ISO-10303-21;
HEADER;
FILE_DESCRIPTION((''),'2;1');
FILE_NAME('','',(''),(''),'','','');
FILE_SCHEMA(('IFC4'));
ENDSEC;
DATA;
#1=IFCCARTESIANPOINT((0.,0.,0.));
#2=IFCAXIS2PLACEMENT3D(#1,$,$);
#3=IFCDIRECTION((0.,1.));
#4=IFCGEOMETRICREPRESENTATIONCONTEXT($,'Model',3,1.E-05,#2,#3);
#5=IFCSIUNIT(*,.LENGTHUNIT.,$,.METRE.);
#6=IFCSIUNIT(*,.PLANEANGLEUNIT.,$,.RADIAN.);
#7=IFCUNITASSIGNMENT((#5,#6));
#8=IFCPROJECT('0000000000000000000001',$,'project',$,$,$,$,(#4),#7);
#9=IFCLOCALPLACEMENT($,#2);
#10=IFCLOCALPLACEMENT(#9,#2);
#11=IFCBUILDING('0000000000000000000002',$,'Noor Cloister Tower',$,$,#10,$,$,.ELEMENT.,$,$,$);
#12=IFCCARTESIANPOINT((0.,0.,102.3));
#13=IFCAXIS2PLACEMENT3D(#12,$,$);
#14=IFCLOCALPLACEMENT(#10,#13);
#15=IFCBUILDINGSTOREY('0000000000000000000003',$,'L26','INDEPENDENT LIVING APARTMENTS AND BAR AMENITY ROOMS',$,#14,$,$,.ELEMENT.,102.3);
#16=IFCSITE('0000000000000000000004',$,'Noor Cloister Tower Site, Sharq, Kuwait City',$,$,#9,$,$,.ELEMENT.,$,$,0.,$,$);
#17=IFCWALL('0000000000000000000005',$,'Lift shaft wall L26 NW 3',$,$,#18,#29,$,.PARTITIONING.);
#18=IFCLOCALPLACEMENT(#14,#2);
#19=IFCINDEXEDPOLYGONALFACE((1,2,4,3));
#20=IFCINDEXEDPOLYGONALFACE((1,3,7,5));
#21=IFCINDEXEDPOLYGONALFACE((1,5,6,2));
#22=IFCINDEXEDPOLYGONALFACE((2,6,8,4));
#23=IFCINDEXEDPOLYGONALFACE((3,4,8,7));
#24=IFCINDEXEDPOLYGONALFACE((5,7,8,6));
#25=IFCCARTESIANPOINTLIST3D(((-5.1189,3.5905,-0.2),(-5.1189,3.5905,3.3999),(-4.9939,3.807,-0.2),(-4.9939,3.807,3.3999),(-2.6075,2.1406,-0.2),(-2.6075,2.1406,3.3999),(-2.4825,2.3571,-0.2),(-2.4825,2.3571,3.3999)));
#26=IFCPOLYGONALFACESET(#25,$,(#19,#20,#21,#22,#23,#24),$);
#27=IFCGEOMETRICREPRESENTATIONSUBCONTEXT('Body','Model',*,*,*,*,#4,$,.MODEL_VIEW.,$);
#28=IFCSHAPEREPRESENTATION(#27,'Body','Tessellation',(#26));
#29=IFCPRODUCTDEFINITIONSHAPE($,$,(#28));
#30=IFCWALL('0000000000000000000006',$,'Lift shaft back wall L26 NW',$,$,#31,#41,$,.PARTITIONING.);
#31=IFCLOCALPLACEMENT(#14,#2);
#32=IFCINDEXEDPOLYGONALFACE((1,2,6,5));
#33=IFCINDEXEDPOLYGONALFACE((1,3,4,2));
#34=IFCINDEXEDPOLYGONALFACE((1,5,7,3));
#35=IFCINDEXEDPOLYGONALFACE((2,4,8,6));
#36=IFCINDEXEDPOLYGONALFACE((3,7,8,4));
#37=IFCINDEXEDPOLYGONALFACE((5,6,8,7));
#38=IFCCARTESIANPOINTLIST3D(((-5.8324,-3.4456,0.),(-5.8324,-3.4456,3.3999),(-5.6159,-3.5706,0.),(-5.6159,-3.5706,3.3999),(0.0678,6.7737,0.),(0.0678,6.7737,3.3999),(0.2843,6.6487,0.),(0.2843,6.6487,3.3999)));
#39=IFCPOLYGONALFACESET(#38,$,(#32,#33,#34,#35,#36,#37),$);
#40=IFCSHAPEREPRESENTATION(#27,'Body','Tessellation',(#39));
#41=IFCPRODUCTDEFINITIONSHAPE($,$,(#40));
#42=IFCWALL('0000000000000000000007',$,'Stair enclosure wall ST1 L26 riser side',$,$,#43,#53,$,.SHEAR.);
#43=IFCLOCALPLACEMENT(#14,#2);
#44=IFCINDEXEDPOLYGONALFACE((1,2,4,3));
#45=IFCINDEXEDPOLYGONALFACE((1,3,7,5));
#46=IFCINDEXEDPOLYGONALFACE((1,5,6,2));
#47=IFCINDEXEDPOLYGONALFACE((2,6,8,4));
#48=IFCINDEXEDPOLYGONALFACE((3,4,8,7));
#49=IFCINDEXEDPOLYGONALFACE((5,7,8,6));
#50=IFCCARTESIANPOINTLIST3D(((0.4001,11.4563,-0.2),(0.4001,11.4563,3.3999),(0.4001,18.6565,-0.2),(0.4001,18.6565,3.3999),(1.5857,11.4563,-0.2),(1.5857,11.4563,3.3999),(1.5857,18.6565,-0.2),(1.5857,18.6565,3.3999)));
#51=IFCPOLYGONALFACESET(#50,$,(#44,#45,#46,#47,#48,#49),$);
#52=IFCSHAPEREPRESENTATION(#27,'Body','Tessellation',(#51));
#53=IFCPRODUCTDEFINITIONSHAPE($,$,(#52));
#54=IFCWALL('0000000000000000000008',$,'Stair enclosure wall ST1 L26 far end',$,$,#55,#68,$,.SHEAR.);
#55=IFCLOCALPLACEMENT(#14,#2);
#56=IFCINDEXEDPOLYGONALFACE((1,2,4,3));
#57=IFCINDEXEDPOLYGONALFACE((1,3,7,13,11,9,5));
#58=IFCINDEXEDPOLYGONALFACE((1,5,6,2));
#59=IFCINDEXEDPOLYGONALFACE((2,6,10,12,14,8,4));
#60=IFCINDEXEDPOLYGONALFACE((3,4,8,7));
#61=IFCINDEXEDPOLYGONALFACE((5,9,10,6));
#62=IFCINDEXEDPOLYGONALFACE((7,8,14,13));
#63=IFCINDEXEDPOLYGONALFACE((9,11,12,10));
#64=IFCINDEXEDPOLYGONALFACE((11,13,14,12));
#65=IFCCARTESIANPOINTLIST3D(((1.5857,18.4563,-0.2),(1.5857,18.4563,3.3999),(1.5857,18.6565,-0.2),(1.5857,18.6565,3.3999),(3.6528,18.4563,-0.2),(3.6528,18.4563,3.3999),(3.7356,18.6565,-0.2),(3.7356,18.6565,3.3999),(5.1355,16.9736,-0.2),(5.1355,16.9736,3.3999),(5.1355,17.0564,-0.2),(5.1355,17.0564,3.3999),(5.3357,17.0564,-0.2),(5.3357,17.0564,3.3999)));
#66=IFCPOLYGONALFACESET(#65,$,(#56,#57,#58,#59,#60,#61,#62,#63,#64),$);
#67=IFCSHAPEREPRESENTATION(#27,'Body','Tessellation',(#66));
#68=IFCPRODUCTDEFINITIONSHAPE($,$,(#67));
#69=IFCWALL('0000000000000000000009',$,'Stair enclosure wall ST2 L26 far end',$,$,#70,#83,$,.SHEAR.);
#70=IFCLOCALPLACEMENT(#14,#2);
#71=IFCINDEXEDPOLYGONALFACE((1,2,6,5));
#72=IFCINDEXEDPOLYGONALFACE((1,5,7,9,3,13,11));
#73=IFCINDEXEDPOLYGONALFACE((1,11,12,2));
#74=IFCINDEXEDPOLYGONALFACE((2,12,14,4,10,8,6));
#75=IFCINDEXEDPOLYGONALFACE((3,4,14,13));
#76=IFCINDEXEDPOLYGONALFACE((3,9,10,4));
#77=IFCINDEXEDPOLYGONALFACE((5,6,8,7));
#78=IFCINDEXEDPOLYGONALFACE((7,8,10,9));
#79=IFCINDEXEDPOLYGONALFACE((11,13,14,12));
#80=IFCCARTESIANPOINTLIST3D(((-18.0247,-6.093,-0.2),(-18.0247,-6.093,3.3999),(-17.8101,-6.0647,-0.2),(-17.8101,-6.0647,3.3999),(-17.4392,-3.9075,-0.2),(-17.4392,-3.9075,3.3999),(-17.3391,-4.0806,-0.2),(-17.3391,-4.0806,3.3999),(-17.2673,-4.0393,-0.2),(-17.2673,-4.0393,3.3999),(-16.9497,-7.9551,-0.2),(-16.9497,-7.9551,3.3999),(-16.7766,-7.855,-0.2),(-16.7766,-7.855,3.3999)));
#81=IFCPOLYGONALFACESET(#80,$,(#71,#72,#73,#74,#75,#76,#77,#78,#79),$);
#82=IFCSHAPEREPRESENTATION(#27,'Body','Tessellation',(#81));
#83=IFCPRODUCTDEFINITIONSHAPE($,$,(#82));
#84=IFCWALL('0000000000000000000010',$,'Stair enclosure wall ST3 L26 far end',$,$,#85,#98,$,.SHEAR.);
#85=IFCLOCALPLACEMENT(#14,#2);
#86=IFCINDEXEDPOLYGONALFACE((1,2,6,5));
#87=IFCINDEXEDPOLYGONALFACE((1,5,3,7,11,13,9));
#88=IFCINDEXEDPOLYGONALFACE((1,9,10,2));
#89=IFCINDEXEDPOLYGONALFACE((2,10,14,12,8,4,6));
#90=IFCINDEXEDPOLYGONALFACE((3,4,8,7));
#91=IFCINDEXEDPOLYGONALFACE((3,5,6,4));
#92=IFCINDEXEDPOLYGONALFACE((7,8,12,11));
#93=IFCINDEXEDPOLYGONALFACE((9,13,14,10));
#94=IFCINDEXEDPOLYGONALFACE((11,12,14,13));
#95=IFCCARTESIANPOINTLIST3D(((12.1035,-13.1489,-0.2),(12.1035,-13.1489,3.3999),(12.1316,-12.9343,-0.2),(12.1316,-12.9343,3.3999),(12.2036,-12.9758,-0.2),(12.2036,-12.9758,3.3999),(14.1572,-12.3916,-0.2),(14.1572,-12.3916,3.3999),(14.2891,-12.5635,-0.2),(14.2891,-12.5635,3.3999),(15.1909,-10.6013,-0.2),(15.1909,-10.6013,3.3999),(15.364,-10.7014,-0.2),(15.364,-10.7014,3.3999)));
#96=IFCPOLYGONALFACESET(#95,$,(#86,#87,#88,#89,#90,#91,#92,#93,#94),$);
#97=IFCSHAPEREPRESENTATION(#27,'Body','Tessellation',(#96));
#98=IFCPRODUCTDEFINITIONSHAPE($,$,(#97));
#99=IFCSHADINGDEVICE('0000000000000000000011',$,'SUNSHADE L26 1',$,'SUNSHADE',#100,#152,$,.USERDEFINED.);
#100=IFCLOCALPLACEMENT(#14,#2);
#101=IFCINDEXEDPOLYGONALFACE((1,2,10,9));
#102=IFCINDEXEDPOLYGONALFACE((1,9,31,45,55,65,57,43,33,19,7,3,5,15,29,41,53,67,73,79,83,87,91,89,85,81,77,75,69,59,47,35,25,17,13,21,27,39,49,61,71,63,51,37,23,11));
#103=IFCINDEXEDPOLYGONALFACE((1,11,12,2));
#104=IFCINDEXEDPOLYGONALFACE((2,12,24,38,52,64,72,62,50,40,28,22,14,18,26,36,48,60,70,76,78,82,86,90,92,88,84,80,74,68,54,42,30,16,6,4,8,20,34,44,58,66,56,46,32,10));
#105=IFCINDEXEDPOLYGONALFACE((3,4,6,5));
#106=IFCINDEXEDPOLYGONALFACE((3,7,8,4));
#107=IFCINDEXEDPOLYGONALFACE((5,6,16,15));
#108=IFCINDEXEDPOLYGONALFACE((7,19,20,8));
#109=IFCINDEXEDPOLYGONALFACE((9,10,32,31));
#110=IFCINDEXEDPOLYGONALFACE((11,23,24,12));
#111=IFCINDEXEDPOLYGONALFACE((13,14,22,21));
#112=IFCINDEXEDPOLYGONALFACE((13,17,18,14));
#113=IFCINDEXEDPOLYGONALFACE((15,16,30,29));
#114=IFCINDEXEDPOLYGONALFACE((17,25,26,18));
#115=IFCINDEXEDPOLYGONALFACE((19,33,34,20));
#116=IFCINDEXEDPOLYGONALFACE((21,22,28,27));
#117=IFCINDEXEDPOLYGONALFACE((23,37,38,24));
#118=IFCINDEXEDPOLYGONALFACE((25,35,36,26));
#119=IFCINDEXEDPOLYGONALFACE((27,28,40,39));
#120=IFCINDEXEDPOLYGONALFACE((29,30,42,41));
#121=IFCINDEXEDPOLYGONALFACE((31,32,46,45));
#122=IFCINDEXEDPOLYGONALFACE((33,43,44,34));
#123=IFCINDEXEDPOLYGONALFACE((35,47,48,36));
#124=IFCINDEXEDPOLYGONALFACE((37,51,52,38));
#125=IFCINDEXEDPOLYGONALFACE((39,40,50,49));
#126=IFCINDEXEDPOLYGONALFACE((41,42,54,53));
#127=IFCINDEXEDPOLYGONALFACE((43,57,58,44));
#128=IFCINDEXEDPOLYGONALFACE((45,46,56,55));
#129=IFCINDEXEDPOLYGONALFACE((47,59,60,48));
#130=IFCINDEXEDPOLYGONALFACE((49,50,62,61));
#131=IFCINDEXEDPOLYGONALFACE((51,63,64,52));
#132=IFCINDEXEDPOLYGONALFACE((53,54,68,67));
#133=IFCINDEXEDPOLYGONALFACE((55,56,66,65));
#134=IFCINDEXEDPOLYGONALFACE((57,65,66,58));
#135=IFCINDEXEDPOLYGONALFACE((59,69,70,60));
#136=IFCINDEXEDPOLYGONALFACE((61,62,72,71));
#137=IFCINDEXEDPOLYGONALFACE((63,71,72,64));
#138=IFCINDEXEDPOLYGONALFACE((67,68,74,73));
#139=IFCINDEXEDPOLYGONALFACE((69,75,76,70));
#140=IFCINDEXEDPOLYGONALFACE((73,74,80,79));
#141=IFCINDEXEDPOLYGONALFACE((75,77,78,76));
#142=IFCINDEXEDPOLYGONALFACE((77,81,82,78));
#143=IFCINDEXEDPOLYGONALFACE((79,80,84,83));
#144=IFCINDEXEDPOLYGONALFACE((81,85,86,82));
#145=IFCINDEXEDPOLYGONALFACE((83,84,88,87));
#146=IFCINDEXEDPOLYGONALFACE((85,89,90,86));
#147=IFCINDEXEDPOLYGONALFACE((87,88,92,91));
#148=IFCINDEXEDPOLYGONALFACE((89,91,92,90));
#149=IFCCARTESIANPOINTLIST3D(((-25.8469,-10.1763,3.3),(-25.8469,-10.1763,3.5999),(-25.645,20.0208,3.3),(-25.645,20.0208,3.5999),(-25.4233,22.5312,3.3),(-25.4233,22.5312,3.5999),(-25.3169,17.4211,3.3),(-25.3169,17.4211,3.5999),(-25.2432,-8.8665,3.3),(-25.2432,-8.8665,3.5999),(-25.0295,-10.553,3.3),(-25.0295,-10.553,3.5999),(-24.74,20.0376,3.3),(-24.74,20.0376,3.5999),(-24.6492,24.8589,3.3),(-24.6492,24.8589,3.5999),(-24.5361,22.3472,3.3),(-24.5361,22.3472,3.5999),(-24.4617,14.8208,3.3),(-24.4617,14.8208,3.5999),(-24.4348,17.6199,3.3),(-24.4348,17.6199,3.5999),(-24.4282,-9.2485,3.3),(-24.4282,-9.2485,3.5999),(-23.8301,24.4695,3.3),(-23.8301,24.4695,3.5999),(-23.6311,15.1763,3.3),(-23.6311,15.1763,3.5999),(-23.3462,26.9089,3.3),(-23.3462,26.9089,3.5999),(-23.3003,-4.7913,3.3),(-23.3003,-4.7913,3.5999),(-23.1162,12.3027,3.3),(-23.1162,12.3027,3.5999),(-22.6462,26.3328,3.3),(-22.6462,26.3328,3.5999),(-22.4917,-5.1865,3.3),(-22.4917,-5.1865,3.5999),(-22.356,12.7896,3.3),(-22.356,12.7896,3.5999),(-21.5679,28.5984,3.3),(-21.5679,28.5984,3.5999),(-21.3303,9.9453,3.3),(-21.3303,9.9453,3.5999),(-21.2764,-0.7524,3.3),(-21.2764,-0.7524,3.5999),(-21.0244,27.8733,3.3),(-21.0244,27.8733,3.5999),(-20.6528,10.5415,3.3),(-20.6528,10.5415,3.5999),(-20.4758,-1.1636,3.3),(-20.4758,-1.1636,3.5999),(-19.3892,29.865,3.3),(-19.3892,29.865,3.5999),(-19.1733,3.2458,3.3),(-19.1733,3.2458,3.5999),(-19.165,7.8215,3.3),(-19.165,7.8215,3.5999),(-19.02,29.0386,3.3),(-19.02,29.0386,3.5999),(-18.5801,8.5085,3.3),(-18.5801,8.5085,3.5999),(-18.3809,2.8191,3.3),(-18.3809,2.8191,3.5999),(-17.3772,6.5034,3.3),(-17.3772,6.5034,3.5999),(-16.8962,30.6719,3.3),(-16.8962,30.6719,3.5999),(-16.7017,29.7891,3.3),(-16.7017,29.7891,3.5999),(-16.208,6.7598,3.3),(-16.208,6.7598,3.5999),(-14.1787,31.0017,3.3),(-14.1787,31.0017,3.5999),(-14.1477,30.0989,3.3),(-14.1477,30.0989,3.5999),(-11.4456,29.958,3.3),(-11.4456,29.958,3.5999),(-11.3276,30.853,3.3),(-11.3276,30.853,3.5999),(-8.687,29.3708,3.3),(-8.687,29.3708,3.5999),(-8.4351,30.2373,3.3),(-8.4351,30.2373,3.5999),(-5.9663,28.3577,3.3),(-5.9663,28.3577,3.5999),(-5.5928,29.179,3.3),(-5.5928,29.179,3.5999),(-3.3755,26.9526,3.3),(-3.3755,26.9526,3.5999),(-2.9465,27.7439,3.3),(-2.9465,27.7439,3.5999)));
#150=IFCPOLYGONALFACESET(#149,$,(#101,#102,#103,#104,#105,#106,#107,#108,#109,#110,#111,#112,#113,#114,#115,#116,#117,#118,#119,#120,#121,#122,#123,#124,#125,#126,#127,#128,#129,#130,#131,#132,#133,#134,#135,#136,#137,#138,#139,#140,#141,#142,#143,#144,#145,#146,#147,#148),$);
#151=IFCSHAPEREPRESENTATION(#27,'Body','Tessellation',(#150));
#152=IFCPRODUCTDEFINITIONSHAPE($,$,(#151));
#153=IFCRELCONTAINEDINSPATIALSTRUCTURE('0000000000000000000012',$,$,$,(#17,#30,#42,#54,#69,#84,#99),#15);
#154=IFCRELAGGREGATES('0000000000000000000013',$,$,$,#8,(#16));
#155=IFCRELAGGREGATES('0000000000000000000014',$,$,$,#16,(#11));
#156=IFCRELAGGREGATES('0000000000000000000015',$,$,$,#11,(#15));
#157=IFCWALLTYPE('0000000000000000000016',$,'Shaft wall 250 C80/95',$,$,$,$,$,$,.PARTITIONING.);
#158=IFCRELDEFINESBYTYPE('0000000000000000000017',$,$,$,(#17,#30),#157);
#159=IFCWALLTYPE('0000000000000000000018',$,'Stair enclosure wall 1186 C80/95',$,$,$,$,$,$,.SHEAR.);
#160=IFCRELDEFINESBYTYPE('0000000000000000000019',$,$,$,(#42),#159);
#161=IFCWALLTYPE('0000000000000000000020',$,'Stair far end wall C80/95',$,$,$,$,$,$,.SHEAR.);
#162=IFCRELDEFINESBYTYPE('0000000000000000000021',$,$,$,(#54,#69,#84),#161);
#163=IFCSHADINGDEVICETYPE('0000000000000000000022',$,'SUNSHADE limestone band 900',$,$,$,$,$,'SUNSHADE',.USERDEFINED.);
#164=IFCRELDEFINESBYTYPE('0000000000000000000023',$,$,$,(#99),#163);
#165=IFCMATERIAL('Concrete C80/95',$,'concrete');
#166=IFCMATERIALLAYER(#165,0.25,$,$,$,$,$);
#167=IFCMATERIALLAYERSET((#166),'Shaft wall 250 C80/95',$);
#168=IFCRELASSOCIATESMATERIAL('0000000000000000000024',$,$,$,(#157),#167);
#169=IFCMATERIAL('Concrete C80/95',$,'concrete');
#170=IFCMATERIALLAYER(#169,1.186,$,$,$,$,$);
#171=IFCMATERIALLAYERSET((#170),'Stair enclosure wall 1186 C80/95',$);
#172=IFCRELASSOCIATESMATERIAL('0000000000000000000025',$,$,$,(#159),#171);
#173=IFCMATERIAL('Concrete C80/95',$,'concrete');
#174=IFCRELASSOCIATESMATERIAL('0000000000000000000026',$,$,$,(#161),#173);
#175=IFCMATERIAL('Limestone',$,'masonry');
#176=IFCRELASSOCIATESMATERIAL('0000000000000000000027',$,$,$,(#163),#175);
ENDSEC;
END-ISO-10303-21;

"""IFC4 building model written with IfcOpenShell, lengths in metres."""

from ifc_helpers import new_model, si_unit, direction, frame, frame_2d, origin, place, context, subcontext, project, spatial, polyline, rectangle, outline, extrude, material, layer, layer_set, type_object, element, save


model = new_model("IFC4")

# Units and contexts
model_context = context("Model", 3, precision=1e-05, world=origin(), true_north=direction((0.0, 1.0)))
body_context = subcontext(model_context, "Body", "Model", "MODEL_VIEW")
ifc_project = project(units=[si_unit("LENGTHUNIT", "METRE"), si_unit("PLANEANGLEUNIT", "RADIAN")], contexts=[model_context])

# Site, building, storey
site_placement = place(None, origin())
site = spatial("IfcSite", under=ifc_project, at=site_placement, Name="Noor Cloister Tower Site, Sharq, Kuwait City", CompositionType="ELEMENT", RefElevation=0.0)
building_placement = place(site_placement, origin())
building = spatial("IfcBuilding", under=site, at=building_placement, Name="Noor Cloister Tower", CompositionType="ELEMENT")
storey_placement = place(building_placement, frame((0.0, 0.0, 102.3)))
storey = spatial("IfcBuildingStorey", under=building, at=storey_placement, Name="L26", Description="INDEPENDENT LIVING APARTMENTS AND BAR AMENITY ROOMS", CompositionType="ELEMENT", Elevation=102.3)

# Walls
ifc_material_1 = material(Name="Concrete C80/95", Category="concrete")
ifc_layer_1 = layer(ifc_material_1, 0.25)
ifc_layer_set_1 = layer_set([ifc_layer_1], Name="Shaft wall 250 C80/95")
wall_type_1 = type_object("IfcWallType", Name="Shaft wall 250 C80/95", PredefinedType="PARTITIONING", material=ifc_layer_set_1)
for number, where, z_axis, x_axis, name in (
    (1, (-5.0564, 3.6987, -0.2), (0.0, 0.0, 1.0), (0.866033, -0.499987, 0.0), "Lift shaft wall L26 NW 3"),
):
    element("IfcWall", number, at=place(storey_placement, frame(where, z_axis=z_axis, x_axis=x_axis)), inside=storey, type_object=wall_type_1, Name=name, PredefinedType="PARTITIONING", context=body_context, shape_type="SweptSolid", body=[
        extrude(rectangle(XDim=2.8999, YDim=0.25, at=frame_2d((1.45, 0.0))), origin(), (0.0, 0.0, 1.0), 3.5999),
    ])
wall_1_placement = place(storey_placement, frame((0.176, 6.7112, 0.0), z_axis=(0.0, 0.0, 1.0), x_axis=(-0.500004, -0.866023, 0.0)))
element("IfcWall", 2, at=wall_1_placement, inside=storey, type_object=wall_type_1, Name="Lift shaft back wall L26 NW", PredefinedType="PARTITIONING", context=body_context, shape_type="SweptSolid", body=[
    extrude(rectangle(XDim=11.8003, YDim=0.25, at=frame_2d((5.9001, 0.0))), origin(), (0.0, 0.0, 1.0), 3.3999),
])
ifc_material_2 = material(Name="Concrete C80/95", Category="concrete")
ifc_layer_2 = layer(ifc_material_2, 1.186)
ifc_layer_set_2 = layer_set([ifc_layer_2], Name="Stair enclosure wall 1186 C80/95")
wall_type_2 = type_object("IfcWallType", Name="Stair enclosure wall 1186 C80/95", PredefinedType="SHEAR", material=ifc_layer_set_2)
wall_2_placement = place(storey_placement, frame((0.9929, 11.4563, -0.2), z_axis=(0.0, 0.0, 1.0), x_axis=(0.0, 1.0, 0.0)))
element("IfcWall", 3, at=wall_2_placement, inside=storey, type_object=wall_type_2, Name="Stair enclosure wall ST1 L26 riser side", PredefinedType="SHEAR", context=body_context, shape_type="SweptSolid", body=[
    extrude(rectangle(XDim=7.2002, YDim=1.1855, at=frame_2d((3.6001, 0.0))), origin(), (0.0, 0.0, 1.0), 3.5999),
])
ifc_material_3 = material(Name="Concrete C80/95", Category="concrete")
wall_type_3 = type_object("IfcWallType", Name="Stair far end wall C80/95", PredefinedType="SHEAR", material=ifc_material_3)
wall_3_placement = place(storey_placement, frame((0.0, 0.0, -0.2)))
element("IfcWall", 4, at=wall_3_placement, inside=storey, type_object=wall_type_3, Name="Stair enclosure wall ST1 L26 far end", PredefinedType="SHEAR", context=body_context, shape_type="SweptSolid", body=[
    extrude(outline(polyline([(5.3357, 17.0564), (3.7356, 18.6565), (1.5857, 18.6565), (1.5857, 18.4563), (3.6528, 18.4563), (5.1355, 16.9736), (5.1355, 17.0564), (5.1355, 17.0564), (5.1355, 17.0564), (5.1355, 17.0564), (5.1355, 17.0564), (5.1355, 17.0564), (5.1355, 17.0564), (5.1355, 17.0564), (5.1355, 17.0564), (5.1355, 17.0564), (5.1355, 17.0564), (5.1355, 17.0564), (5.1355, 17.0564), (5.1355, 17.0564), (5.1355, 17.0564), (5.1355, 17.0564), (5.1355, 17.0564), (5.3357, 17.0564)])), origin(), (0.0, 0.0, 1.0), 3.5999),
])
wall_4_placement = place(storey_placement, frame((0.0, 0.0, -0.2)))
element("IfcWall", 5, at=wall_4_placement, inside=storey, type_object=wall_type_3, Name="Stair enclosure wall ST2 L26 far end", PredefinedType="SHEAR", context=body_context, shape_type="SweptSolid", body=[
    extrude(outline(polyline([(-17.4392, -3.9075), (-18.0247, -6.093), (-16.9497, -7.9551), (-16.7766, -7.855), (-17.8101, -6.0647), (-17.2673, -4.0393), (-17.3391, -4.0806), (-17.3391, -4.0806), (-17.3391, -4.0806), (-17.3391, -4.0806), (-17.3391, -4.0806), (-17.3391, -4.0806), (-17.3391, -4.0806), (-17.3391, -4.0806), (-17.3391, -4.0806), (-17.3391, -4.0806), (-17.3391, -4.0806), (-17.3391, -4.0806), (-17.3391, -4.0806), (-17.3391, -4.0806), (-17.3391, -4.0806), (-17.3391, -4.0806), (-17.3391, -4.0806), (-17.4392, -3.9075)])), origin(), (0.0, 0.0, 1.0), 3.5999),
])
wall_5_placement = place(storey_placement, frame((0.0, 0.0, -0.2)))
element("IfcWall", 6, at=wall_5_placement, inside=storey, type_object=wall_type_3, Name="Stair enclosure wall ST3 L26 far end", PredefinedType="SHEAR", context=body_context, shape_type="SweptSolid", body=[
    extrude(outline(polyline([(12.1035, -13.1489), (14.2891, -12.5635), (15.364, -10.7014), (15.1909, -10.6013), (14.1572, -12.3916), (12.1316, -12.9343), (12.2036, -12.9758), (12.2036, -12.9758), (12.2036, -12.9758), (12.2036, -12.9758), (12.2036, -12.9758), (12.2036, -12.9758), (12.2036, -12.9758), (12.2036, -12.9758), (12.2036, -12.9758), (12.2036, -12.9758), (12.2036, -12.9758), (12.2036, -12.9758), (12.2036, -12.9758), (12.2036, -12.9758), (12.2036, -12.9758), (12.2036, -12.9758), (12.2036, -12.9758), (12.1035, -13.1489)])), origin(), (0.0, 0.0, 1.0), 3.5999),
])

# Shading device
ifc_material_4 = material(Name="Limestone", Category="masonry")
shading_device_type = type_object("IfcShadingDeviceType", Name="SUNSHADE limestone band 900", ElementType="SUNSHADE", PredefinedType="USERDEFINED", material=ifc_material_4)
shading_device_1_placement = place(storey_placement, frame((0.0, 0.0, 3.3)))
element("IfcShadingDevice", 7, at=shading_device_1_placement, inside=storey, type_object=shading_device_type, Name="SUNSHADE L26 1", ObjectType="SUNSHADE", PredefinedType="USERDEFINED", context=body_context, shape_type="SweptSolid", body=[
    extrude(outline(polyline([(-2.9465, 27.7439), (-5.5928, 29.179), (-8.4351, 30.2373), (-11.3276, 30.853), (-14.1787, 31.0017), (-16.8962, 30.6719), (-19.3892, 29.865), (-21.5679, 28.5984), (-23.3462, 26.9089), (-24.6492, 24.8589), (-25.4233, 22.5312), (-25.645, 20.0208), (-25.3169, 17.4211), (-24.4617, 14.8208), (-23.1162, 12.3027), (-21.3303, 9.9453), (-19.165, 7.8215), (-17.3772, 6.5034), (-19.1733, 3.2458), (-21.2764, -0.7524), (-23.3003, -4.7913), (-25.2432, -8.8665), (-25.8469, -10.1763), (-25.0295, -10.553), (-24.4282, -9.2485), (-22.4917, -5.1865), (-20.4758, -1.1636), (-18.3809, 2.8191), (-16.208, 6.7598), (-18.5801, 8.5085), (-20.6528, 10.5415), (-22.356, 12.7896), (-23.6311, 15.1763), (-24.4348, 17.6199), (-24.74, 20.0376), (-24.5361, 22.3472), (-23.8301, 24.4695), (-22.6462, 26.3328), (-21.0244, 27.8733), (-19.02, 29.0386), (-16.7017, 29.7891), (-14.1477, 30.0989), (-11.4456, 29.958), (-8.687, 29.3708), (-5.9663, 28.3577), (-3.3755, 26.9526), (-2.9465, 27.7439)])), origin(), (0.0, 0.0, 1.0), 0.2998),
])

save(model, "model.ifc")
